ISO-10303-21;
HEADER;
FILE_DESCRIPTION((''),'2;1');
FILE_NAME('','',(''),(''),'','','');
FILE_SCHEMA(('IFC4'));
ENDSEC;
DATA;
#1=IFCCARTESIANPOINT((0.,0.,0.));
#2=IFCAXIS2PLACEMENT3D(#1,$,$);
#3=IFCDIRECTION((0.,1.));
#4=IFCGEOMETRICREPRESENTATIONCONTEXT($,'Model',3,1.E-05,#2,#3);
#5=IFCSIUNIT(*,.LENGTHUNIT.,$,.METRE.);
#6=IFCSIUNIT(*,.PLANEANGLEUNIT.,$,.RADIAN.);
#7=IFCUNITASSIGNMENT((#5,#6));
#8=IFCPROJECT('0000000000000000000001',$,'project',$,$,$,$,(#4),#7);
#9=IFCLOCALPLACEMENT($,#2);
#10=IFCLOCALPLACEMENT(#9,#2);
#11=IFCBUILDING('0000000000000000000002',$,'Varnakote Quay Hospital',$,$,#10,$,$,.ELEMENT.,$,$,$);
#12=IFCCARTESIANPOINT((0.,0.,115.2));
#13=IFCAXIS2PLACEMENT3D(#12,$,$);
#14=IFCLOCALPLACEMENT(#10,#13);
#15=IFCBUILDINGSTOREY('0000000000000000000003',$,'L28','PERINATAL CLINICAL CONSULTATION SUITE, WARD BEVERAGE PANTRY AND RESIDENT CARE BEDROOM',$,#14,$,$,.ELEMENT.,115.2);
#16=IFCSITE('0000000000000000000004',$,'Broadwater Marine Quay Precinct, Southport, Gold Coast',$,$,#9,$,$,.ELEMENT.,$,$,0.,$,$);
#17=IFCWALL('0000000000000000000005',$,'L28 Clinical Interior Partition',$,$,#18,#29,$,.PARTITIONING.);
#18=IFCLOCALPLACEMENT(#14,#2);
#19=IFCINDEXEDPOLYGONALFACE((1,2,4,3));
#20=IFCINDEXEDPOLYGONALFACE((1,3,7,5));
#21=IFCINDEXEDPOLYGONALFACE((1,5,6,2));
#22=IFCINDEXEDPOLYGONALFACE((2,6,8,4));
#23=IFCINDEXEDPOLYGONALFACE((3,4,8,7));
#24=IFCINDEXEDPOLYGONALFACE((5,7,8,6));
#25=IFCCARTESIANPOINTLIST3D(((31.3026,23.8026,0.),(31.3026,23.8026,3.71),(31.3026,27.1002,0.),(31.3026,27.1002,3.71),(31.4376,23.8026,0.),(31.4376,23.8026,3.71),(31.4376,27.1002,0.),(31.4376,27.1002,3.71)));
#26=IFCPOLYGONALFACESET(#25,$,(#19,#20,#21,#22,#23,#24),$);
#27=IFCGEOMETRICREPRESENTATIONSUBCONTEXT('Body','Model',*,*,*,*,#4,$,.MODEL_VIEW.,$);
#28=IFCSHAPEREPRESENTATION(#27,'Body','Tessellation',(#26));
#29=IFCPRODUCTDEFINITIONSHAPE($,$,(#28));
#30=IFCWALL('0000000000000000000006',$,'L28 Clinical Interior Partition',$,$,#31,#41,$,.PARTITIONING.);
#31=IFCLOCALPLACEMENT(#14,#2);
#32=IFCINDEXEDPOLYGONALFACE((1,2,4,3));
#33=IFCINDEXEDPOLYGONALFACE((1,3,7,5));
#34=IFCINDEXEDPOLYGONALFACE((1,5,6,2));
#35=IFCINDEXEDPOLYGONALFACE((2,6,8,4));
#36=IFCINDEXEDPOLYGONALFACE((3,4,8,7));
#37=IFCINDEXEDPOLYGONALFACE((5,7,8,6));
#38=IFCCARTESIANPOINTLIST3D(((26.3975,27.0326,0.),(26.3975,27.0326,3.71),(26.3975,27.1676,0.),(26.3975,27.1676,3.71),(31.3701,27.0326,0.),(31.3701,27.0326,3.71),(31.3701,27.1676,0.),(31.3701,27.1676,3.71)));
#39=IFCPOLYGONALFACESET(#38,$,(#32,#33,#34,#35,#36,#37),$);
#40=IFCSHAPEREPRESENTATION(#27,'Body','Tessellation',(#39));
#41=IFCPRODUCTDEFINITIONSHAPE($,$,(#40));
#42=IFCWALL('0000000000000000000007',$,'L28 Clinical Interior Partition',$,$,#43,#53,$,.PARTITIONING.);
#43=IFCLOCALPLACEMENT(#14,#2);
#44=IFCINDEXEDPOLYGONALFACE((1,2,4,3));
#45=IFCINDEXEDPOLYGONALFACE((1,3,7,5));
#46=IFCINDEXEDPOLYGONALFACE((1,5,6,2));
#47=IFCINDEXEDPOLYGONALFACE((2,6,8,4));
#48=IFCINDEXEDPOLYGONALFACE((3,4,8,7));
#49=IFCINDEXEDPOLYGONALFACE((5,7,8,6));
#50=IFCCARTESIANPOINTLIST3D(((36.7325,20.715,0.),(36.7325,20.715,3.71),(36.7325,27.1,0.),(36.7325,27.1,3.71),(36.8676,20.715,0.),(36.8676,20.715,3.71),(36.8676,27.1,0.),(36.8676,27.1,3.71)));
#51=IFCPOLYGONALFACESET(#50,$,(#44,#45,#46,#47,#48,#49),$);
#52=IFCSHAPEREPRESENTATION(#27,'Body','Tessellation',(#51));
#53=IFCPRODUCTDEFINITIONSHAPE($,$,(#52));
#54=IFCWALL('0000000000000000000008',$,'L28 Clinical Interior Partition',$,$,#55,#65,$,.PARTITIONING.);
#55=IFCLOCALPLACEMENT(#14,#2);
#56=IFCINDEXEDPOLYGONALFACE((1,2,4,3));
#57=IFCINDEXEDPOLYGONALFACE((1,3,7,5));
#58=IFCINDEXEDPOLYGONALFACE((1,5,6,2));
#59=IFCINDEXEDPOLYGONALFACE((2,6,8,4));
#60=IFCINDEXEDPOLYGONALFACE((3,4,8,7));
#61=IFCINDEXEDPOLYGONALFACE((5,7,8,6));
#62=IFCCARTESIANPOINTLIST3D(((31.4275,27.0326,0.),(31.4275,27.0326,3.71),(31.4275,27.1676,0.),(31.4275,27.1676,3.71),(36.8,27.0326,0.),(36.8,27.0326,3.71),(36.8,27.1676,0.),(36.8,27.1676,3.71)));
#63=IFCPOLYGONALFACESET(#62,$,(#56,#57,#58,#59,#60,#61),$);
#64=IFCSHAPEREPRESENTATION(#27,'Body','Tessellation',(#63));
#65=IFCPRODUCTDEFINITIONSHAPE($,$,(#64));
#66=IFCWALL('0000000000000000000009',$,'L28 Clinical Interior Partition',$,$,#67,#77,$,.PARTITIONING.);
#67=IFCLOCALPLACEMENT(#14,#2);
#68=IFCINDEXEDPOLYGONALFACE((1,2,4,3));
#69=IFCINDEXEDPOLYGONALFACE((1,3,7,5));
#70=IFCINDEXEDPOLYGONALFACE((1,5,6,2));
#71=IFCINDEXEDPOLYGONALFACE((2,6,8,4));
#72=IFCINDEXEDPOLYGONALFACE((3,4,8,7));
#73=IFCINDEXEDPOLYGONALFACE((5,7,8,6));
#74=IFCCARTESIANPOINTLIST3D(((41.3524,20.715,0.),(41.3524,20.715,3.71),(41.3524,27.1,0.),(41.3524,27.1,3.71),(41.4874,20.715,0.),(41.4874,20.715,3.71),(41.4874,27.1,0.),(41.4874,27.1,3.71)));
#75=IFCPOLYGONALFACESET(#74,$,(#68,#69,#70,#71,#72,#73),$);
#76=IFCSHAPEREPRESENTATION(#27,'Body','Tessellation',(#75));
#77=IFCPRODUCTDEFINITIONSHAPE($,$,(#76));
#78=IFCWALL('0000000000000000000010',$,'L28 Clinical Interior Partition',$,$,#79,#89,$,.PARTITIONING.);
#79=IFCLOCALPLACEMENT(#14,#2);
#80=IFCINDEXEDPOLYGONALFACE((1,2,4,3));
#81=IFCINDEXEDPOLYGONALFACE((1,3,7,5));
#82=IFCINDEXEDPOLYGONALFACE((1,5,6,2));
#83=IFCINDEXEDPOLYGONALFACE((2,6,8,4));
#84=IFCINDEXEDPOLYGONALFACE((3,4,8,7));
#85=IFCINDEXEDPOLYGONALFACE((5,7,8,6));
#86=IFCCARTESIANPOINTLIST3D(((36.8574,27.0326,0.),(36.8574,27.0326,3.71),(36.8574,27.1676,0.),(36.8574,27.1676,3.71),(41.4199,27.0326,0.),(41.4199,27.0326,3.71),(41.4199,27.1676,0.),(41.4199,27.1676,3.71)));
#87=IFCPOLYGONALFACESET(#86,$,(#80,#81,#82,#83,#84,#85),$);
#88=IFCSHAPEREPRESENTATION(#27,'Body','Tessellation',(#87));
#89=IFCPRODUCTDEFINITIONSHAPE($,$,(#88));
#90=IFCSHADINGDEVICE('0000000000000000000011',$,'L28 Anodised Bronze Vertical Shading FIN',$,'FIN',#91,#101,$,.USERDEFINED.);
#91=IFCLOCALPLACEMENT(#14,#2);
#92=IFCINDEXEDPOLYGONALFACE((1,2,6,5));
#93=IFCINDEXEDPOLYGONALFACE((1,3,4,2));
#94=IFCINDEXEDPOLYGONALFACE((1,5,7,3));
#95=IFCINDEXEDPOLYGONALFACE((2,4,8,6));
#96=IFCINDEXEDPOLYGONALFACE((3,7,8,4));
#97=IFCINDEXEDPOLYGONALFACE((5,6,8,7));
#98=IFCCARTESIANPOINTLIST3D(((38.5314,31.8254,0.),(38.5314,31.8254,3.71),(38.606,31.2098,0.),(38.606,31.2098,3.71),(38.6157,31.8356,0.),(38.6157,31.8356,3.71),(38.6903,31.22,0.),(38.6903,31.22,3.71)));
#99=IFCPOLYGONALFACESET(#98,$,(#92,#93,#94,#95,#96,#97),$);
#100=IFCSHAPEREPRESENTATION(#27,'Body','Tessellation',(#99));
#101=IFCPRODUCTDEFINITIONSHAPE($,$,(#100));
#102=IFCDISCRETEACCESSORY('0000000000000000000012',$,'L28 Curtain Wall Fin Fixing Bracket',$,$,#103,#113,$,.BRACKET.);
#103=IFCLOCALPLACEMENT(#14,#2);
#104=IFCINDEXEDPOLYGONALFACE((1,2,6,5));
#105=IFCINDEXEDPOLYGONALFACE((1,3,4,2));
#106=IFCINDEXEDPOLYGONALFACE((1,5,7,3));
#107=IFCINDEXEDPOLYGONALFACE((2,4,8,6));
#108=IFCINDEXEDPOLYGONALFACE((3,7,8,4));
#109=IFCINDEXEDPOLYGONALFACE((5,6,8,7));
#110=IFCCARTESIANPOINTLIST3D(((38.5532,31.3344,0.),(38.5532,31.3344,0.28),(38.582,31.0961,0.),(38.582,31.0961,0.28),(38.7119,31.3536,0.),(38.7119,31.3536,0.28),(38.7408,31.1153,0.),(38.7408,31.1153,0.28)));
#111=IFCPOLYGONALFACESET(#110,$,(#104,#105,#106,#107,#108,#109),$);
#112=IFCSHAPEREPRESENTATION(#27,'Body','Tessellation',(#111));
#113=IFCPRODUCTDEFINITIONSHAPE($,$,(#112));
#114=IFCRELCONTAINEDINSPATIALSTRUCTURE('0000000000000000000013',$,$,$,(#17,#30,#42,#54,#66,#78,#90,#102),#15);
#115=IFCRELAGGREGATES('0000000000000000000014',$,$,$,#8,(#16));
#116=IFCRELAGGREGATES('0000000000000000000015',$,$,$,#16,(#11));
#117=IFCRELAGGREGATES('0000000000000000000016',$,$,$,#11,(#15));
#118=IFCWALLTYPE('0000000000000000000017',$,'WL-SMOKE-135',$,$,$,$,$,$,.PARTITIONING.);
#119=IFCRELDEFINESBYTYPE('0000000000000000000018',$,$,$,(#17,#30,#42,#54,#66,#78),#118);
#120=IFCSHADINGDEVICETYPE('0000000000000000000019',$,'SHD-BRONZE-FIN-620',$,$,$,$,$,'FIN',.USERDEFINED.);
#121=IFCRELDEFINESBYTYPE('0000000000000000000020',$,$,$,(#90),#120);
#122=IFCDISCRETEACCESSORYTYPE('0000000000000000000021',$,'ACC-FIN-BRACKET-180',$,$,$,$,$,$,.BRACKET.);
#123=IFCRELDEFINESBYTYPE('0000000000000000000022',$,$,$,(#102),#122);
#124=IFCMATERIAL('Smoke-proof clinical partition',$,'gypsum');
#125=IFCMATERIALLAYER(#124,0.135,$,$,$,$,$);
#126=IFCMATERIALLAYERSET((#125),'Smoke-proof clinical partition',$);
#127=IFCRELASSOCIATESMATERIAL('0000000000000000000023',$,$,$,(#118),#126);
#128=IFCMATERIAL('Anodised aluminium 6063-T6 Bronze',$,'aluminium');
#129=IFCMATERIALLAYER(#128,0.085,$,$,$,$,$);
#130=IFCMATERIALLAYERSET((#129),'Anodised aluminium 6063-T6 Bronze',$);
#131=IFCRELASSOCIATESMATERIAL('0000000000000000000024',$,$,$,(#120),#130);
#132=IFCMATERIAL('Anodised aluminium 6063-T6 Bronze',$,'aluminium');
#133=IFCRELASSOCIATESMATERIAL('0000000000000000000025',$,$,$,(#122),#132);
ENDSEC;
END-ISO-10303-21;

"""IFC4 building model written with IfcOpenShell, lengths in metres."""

from ifc_helpers import new_model, si_unit, direction, frame, frame_2d, origin, origin_2d, place, context, subcontext, project, spatial, rectangle, extrude, material, layer, layer_set, type_object, element, save


model = new_model("IFC4")

# Units and contexts
model_context = context("Model", 3, precision=1e-05, world=origin(), true_north=direction((0.0, 1.0)))
body_context = subcontext(model_context, "Body", "Model", "MODEL_VIEW")
ifc_project = project(units=[si_unit("LENGTHUNIT", "METRE"), si_unit("PLANEANGLEUNIT", "RADIAN")], contexts=[model_context])

# Site, building, storey
site_placement = place(None, origin())
site = spatial("IfcSite", under=ifc_project, at=site_placement, Name="Broadwater Marine Quay Precinct, Southport, Gold Coast", CompositionType="ELEMENT", RefElevation=0.0)
building_placement = place(site_placement, origin())
building = spatial("IfcBuilding", under=site, at=building_placement, Name="Varnakote Quay Hospital", CompositionType="ELEMENT")
storey_placement = place(building_placement, frame((0.0, 0.0, 115.2)))
storey = spatial("IfcBuildingStorey", under=building, at=storey_placement, Name="L28", Description="PERINATAL CLINICAL CONSULTATION SUITE, WARD BEVERAGE PANTRY AND RESIDENT CARE BEDROOM", CompositionType="ELEMENT", Elevation=115.2)

# Walls
ifc_material_1 = material(Name="Smoke-proof clinical partition", Category="gypsum")
ifc_layer_1 = layer(ifc_material_1, 0.135)
ifc_layer_set_1 = layer_set([ifc_layer_1], Name="Smoke-proof clinical partition")
wall_type_1 = type_object("IfcWallType", Name="WL-SMOKE-135", PredefinedType="PARTITIONING", material=ifc_layer_set_1)
wall_1_placement = place(storey_placement, frame((31.3701, 23.8025, 0.0), z_axis=(0.0, 0.0, 1.0), x_axis=(0.0, 1.0, 0.0)))
element("IfcWall", 1, at=wall_1_placement, inside=storey, type_object=wall_type_1, Name="L28 Clinical Interior Partition", PredefinedType="PARTITIONING", context=body_context, shape_type="SweptSolid", body=[
    extrude(rectangle(XDim=3.2976, YDim=0.135, at=frame_2d((1.6489, 0.0))), origin(), (0.0, 0.0, 1.0), 3.71),
])
wall_2_placement = place(storey_placement, frame((31.3701, 27.1001, 0.0), z_axis=(0.0, 0.0, 1.0), x_axis=(-1.0, 0.0, 0.0)))
element("IfcWall", 2, at=wall_2_placement, inside=storey, type_object=wall_type_1, Name="L28 Clinical Interior Partition", PredefinedType="PARTITIONING", context=body_context, shape_type="SweptSolid", body=[
    extrude(rectangle(XDim=4.9727, YDim=0.135, at=frame_2d((2.4863, 0.0))), origin(), (0.0, 0.0, 1.0), 3.71),
])
wall_3_placement = place(storey_placement, frame((36.8, 20.7151, 0.0), z_axis=(0.0, 0.0, 1.0), x_axis=(0.0, 1.0, 0.0)))
element("IfcWall", 3, at=wall_3_placement, inside=storey, type_object=wall_type_1, Name="L28 Clinical Interior Partition", PredefinedType="PARTITIONING", context=body_context, shape_type="SweptSolid", body=[
    extrude(rectangle(XDim=6.385, YDim=0.135, at=frame_2d((3.1924, 0.0))), origin(), (0.0, 0.0, 1.0), 3.71),
])
wall_4_placement = place(storey_placement, frame((36.8, 27.1001, 0.0), z_axis=(0.0, 0.0, 1.0), x_axis=(-1.0, 0.0, 0.0)))
element("IfcWall", 4, at=wall_4_placement, inside=storey, type_object=wall_type_1, Name="L28 Clinical Interior Partition", PredefinedType="PARTITIONING", context=body_context, shape_type="SweptSolid", body=[
    extrude(rectangle(XDim=5.3726, YDim=0.135, at=frame_2d((2.6863, 0.0))), origin(), (0.0, 0.0, 1.0), 3.71),
])
wall_5_placement = place(storey_placement, frame((41.4199, 20.7151, 0.0), z_axis=(0.0, 0.0, 1.0), x_axis=(0.0, 1.0, 0.0)))
element("IfcWall", 5, at=wall_5_placement, inside=storey, type_object=wall_type_1, Name="L28 Clinical Interior Partition", PredefinedType="PARTITIONING", context=body_context, shape_type="SweptSolid", body=[
    extrude(rectangle(XDim=6.385, YDim=0.135, at=frame_2d((3.1924, 0.0))), origin(), (0.0, 0.0, 1.0), 3.71),
])
wall_6_placement = place(storey_placement, frame((41.4199, 27.1001, 0.0), z_axis=(0.0, 0.0, 1.0), x_axis=(-1.0, 0.0, 0.0)))
element("IfcWall", 6, at=wall_6_placement, inside=storey, type_object=wall_type_1, Name="L28 Clinical Interior Partition", PredefinedType="PARTITIONING", context=body_context, shape_type="SweptSolid", body=[
    extrude(rectangle(XDim=4.5625, YDim=0.135, at=frame_2d((2.2812, 0.0))), origin(), (0.0, 0.0, 1.0), 3.71),
])

# Shading device
ifc_material_2 = material(Name="Anodised aluminium 6063-T6 Bronze", Category="aluminium")
ifc_layer_2 = layer(ifc_material_2, 0.085)
ifc_layer_set_2 = layer_set([ifc_layer_2], Name="Anodised aluminium 6063-T6 Bronze")
shading_device_type = type_object("IfcShadingDeviceType", Name="SHD-BRONZE-FIN-620", ElementType="FIN", PredefinedType="USERDEFINED", material=ifc_layer_set_2)
shading_device_placement = place(storey_placement, frame((38.6108, 31.5227, 0.0), z_axis=(0.0, 0.0, 1.0), x_axis=(0.12031, -0.992736, 0.0)))
element("IfcShadingDevice", 7, at=shading_device_placement, inside=storey, type_object=shading_device_type, Name="L28 Anodised Bronze Vertical Shading FIN", ObjectType="FIN", PredefinedType="USERDEFINED", context=body_context, shape_type="SweptSolid", body=[
    extrude(rectangle(XDim=0.6201, YDim=0.085, at=origin_2d()), origin(), (0.0, 0.0, 1.0), 3.71),
])

# Discrete accessory
ifc_material_3 = material(Name="Anodised aluminium 6063-T6 Bronze", Category="aluminium")
discrete_accessory_type = type_object("IfcDiscreteAccessoryType", Name="ACC-FIN-BRACKET-180", PredefinedType="BRACKET", material=ifc_material_3)
discrete_accessory_placement = place(storey_placement, frame((38.647, 31.2249, 0.0), z_axis=(0.0, 0.0, 1.0), x_axis=(-0.992736, -0.12031, 0.0)))
element("IfcDiscreteAccessory", 8, at=discrete_accessory_placement, inside=storey, type_object=discrete_accessory_type, Name="L28 Curtain Wall Fin Fixing Bracket", PredefinedType="BRACKET", context=body_context, shape_type="SweptSolid", body=[
    extrude(rectangle(XDim=0.1599, YDim=0.24, at=origin_2d()), origin(), (0.0, 0.0, 1.0), 0.28),
])

save(model, "model.ifc")
